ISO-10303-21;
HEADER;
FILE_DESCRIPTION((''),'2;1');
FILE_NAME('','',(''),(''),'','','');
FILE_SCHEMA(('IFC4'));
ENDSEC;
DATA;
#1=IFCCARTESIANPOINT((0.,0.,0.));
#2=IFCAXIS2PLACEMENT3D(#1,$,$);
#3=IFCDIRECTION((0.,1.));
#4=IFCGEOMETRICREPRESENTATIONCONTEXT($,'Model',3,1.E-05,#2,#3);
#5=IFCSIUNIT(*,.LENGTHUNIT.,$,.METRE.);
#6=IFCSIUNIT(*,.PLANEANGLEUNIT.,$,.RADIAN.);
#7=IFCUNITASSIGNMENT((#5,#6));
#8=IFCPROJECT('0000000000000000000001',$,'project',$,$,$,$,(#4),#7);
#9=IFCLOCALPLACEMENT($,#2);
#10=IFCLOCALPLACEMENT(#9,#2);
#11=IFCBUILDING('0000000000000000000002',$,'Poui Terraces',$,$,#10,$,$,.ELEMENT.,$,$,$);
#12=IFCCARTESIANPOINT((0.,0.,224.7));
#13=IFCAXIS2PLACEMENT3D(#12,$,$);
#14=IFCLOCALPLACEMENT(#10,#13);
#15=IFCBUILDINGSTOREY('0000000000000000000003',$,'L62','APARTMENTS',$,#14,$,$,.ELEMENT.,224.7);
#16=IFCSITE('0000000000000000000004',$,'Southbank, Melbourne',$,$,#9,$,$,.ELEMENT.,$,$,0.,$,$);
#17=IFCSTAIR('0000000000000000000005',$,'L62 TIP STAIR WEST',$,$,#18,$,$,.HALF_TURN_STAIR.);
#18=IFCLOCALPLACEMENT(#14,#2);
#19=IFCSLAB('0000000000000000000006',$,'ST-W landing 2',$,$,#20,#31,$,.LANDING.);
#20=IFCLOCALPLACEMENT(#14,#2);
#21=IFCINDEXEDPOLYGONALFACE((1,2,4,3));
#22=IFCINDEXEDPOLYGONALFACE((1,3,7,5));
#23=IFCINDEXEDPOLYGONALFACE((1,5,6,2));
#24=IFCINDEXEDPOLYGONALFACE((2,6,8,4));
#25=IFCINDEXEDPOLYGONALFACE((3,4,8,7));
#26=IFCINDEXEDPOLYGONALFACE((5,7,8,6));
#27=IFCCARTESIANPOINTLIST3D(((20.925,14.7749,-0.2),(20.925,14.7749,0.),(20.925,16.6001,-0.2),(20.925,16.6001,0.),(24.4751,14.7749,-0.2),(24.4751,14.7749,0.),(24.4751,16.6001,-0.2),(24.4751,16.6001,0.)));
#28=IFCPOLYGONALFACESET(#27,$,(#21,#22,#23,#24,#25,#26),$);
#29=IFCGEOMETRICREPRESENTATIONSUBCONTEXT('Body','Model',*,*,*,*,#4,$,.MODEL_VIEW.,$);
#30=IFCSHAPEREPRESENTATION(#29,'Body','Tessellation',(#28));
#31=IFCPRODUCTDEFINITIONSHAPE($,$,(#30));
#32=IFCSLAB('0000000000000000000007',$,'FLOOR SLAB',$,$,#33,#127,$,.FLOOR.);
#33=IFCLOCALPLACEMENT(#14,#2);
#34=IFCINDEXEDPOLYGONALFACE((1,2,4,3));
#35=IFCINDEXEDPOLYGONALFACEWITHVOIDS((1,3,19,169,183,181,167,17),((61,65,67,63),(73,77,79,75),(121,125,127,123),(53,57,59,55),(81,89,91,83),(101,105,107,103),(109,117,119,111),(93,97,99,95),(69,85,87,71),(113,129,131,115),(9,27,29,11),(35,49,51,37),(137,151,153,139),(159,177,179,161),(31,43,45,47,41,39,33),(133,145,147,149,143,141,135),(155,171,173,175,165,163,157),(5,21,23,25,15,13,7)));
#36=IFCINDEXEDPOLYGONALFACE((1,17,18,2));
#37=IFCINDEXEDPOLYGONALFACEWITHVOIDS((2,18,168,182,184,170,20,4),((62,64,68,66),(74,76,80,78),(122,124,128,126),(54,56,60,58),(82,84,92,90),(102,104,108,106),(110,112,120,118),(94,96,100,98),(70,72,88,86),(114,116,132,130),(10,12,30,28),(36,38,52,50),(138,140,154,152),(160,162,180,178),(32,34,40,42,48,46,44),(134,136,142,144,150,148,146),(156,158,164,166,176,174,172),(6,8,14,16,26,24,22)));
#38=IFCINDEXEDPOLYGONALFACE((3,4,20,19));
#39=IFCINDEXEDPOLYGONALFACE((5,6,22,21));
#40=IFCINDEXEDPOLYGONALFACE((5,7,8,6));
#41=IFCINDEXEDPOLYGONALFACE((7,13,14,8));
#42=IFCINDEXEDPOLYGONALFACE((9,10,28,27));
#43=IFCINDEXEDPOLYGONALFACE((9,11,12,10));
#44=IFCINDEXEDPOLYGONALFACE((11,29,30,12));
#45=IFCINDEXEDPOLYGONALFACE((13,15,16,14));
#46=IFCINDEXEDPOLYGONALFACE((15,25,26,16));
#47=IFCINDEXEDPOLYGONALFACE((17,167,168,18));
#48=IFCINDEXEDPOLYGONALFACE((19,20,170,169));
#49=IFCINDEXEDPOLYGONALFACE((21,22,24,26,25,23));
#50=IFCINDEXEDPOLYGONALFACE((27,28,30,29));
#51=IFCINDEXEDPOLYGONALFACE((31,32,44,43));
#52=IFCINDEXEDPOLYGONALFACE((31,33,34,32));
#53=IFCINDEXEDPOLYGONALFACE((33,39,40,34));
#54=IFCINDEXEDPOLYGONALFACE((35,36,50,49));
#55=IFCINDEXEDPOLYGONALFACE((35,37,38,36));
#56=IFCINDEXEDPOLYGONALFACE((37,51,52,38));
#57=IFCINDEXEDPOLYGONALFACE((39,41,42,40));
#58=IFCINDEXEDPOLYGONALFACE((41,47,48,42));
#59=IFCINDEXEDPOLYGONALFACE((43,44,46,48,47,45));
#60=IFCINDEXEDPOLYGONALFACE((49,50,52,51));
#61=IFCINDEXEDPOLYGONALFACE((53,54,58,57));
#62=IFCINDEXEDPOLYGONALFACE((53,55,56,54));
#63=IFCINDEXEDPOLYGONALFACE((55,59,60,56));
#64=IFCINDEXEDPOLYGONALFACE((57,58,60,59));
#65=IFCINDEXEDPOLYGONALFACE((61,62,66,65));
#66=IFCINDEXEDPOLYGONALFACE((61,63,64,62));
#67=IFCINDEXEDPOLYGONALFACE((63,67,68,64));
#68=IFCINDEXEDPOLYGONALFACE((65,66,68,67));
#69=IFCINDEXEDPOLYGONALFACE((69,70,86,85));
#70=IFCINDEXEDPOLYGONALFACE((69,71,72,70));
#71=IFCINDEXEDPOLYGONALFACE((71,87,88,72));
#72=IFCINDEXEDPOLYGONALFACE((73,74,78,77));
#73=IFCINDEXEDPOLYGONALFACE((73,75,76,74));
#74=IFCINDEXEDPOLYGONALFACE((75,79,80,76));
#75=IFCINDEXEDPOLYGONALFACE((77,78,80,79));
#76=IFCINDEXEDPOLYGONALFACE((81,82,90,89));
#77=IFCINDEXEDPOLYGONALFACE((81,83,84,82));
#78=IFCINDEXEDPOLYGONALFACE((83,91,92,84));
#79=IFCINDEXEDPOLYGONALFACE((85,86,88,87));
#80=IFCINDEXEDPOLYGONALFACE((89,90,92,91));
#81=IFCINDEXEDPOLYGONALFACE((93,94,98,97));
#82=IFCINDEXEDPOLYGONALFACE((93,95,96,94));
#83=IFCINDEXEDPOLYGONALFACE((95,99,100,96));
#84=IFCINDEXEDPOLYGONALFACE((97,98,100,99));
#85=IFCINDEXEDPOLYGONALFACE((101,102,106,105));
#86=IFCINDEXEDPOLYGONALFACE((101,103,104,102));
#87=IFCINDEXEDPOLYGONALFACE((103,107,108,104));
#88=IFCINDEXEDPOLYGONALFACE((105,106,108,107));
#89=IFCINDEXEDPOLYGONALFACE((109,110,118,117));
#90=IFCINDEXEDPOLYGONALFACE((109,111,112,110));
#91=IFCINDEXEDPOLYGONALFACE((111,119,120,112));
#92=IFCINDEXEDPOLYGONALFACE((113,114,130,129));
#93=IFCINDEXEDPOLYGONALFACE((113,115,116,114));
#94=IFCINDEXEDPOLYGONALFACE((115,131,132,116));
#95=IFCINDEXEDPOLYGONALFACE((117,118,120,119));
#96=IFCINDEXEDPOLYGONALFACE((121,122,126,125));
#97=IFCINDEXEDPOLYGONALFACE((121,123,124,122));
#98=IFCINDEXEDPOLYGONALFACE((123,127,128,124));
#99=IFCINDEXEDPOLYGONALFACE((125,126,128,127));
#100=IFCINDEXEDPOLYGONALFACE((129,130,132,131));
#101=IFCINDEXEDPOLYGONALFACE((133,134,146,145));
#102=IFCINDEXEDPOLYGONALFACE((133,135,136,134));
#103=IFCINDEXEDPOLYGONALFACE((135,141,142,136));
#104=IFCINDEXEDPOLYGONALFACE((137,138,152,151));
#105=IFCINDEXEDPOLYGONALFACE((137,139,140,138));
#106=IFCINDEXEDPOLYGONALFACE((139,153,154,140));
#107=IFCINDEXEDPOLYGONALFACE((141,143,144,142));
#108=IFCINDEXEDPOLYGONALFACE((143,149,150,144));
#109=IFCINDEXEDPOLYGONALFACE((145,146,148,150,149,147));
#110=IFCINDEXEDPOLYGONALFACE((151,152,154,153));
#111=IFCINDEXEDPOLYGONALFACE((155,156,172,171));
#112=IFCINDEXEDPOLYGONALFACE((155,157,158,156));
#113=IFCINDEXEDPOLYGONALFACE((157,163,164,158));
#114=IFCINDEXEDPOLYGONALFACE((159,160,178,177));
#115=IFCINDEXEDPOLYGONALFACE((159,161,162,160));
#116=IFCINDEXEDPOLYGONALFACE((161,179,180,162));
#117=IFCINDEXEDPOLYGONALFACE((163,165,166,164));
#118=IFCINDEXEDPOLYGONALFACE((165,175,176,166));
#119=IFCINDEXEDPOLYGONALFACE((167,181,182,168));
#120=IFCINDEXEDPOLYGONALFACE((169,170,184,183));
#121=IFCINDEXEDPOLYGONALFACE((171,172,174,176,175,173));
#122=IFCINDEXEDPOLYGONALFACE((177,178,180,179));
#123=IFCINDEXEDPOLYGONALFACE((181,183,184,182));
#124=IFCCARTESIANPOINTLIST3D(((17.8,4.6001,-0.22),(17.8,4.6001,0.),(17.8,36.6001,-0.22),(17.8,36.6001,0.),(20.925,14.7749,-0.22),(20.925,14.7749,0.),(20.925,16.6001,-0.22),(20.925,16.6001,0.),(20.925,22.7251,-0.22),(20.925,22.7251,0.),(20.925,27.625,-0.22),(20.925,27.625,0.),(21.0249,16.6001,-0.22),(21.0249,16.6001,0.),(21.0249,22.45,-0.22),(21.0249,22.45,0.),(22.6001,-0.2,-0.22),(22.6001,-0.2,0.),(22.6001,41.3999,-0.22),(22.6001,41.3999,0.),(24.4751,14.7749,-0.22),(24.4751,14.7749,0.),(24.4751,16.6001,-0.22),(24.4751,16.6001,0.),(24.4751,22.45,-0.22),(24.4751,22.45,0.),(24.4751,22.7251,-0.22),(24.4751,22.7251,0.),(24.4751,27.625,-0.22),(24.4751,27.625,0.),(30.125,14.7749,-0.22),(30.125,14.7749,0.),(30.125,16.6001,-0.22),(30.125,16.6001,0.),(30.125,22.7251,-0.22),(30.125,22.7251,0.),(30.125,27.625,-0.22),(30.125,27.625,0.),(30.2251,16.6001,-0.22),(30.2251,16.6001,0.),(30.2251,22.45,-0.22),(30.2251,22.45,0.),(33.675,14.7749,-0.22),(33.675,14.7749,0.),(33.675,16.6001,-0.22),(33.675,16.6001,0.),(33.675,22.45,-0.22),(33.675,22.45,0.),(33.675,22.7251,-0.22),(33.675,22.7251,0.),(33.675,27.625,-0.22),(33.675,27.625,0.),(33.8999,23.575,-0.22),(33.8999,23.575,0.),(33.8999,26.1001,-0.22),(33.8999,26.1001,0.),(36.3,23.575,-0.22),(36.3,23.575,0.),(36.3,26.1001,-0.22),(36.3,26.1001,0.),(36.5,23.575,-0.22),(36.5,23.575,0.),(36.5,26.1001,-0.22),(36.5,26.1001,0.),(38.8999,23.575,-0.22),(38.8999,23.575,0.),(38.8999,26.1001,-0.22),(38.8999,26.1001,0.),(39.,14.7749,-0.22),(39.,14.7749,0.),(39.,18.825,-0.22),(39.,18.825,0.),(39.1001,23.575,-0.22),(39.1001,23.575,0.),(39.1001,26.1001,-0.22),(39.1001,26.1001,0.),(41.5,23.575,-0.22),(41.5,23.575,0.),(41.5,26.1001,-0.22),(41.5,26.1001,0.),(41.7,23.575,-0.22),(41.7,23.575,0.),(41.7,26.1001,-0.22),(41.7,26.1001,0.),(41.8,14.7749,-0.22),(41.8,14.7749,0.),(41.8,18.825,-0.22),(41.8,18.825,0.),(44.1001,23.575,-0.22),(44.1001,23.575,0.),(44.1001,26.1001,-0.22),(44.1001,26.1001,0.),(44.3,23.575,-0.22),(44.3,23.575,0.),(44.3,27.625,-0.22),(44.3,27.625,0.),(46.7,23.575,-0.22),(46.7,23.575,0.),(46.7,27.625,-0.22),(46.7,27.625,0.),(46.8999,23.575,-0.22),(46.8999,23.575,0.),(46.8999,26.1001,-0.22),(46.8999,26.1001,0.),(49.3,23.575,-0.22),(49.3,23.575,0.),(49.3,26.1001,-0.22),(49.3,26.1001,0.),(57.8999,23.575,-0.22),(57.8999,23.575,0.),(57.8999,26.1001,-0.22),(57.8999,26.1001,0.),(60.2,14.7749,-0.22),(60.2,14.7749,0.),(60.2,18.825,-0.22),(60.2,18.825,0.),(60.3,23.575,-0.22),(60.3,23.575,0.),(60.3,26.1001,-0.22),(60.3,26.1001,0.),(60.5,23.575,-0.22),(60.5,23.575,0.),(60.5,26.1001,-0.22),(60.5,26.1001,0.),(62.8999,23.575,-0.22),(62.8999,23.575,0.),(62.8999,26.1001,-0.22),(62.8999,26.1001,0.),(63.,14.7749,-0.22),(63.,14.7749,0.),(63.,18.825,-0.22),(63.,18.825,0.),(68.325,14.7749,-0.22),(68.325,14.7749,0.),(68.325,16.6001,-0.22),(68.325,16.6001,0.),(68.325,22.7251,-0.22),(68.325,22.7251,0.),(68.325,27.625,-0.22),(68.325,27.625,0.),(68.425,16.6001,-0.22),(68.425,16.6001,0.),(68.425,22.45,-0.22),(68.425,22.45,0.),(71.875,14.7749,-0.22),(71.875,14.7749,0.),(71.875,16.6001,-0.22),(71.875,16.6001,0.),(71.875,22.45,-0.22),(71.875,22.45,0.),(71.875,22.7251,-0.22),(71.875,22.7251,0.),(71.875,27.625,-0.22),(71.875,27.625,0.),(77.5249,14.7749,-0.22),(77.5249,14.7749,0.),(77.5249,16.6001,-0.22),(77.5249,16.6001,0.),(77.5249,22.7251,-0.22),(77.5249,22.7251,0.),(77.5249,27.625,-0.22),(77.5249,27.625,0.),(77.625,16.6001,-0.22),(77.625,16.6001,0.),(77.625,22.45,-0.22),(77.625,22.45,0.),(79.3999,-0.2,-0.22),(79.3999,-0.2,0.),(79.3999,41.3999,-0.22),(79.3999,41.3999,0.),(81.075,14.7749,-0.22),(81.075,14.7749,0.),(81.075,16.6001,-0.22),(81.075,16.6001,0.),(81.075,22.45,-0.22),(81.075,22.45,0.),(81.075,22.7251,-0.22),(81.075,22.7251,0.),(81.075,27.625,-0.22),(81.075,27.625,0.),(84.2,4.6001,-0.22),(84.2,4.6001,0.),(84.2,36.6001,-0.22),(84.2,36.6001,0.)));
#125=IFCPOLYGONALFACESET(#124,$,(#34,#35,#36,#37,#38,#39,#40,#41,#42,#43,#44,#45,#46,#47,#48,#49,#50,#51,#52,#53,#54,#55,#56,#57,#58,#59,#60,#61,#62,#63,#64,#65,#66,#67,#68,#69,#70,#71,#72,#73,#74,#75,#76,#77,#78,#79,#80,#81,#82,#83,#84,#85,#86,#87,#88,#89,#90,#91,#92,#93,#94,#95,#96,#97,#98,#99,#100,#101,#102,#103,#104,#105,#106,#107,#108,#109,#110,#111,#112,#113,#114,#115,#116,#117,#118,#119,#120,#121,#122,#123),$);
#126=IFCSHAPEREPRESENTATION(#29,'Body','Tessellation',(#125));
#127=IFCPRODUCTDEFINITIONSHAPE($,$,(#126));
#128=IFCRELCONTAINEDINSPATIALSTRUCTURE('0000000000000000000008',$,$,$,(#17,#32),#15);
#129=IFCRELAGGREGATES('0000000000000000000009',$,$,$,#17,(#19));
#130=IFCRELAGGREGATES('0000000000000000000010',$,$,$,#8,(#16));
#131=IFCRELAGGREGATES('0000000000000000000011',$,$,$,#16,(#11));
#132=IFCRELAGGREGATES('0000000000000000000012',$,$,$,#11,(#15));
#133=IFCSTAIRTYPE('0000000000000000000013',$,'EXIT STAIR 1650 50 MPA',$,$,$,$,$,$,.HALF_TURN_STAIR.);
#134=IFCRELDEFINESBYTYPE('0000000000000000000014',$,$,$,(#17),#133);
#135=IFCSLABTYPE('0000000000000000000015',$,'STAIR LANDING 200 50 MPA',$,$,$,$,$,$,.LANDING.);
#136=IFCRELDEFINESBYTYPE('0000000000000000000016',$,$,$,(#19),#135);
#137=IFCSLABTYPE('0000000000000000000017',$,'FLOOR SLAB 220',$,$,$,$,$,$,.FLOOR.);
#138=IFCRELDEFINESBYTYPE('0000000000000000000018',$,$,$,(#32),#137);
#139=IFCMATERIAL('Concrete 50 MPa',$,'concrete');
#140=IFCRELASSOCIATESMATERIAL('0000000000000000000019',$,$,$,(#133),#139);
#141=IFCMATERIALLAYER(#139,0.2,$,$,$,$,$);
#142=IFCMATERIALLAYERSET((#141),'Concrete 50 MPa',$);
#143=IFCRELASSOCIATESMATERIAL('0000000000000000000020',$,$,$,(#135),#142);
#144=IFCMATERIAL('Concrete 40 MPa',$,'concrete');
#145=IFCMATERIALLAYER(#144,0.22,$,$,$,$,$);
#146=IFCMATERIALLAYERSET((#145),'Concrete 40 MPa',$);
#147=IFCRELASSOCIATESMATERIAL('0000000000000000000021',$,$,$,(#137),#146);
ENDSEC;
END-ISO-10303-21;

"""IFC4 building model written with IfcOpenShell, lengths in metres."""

from ifc_helpers import new_model, si_unit, direction, frame, origin, place, context, subcontext, project, spatial, polyline, outline, extrude, source, transform, mapped, material, layer, layer_set, type_object, element, aggregate, save


model = new_model("IFC4")

# Units and contexts
model_context = context("Model", 3, precision=1e-05, world=origin(), true_north=direction((0.0, 1.0)))
body_context = subcontext(model_context, "Body", "Model", "MODEL_VIEW")
ifc_project = project(units=[si_unit("LENGTHUNIT", "METRE"), si_unit("PLANEANGLEUNIT", "RADIAN")], contexts=[model_context])

# Site, building, storey
site_placement = place(None, origin())
site = spatial("IfcSite", under=ifc_project, at=site_placement, Name="Southbank, Melbourne", CompositionType="ELEMENT", RefElevation=0.0)
building_placement = place(site_placement, origin())
building = spatial("IfcBuilding", under=site, at=building_placement, Name="Poui Terraces", CompositionType="ELEMENT")
storey_placement = place(building_placement, frame((0.0, 0.0, 224.7)))
storey = spatial("IfcBuildingStorey", under=building, at=storey_placement, Name="L62", Description="APARTMENTS", CompositionType="ELEMENT", Elevation=224.7)

# Stair, slab
ifc_material_1 = material(Name="Concrete 50 MPa", Category="concrete")
stair_type = type_object("IfcStairType", Name="EXIT STAIR 1650 50 MPA", PredefinedType="HALF_TURN_STAIR", material=ifc_material_1)
stair_placement = place(storey_placement, origin())
stair = element("IfcStair", 1, at=stair_placement, inside=storey, type_object=stair_type, Name="L62 TIP STAIR WEST", PredefinedType="HALF_TURN_STAIR")
ifc_layer_1 = layer(ifc_material_1, 0.2)
ifc_layer_set_1 = layer_set([ifc_layer_1], Name="Concrete 50 MPa")
slab_type_1 = type_object("IfcSlabType", Name="STAIR LANDING 200 50 MPA", PredefinedType="LANDING", material=ifc_layer_set_1)
slab_1_placement = place(storey_placement, frame((0.0, 0.0, -0.2)))
slab_1 = element("IfcSlab", 2, at=slab_1_placement, type_object=slab_type_1, Name="ST-W landing 2", PredefinedType="LANDING", context=body_context, shape_type="SweptSolid", body=[
    extrude(outline(polyline([(20.925, 14.7749), (24.4751, 14.7749), (24.4751, 16.6001), (20.925, 16.6001), (20.925, 14.7749)])), origin(), (0.0, 0.0, 1.0), 0.2),
])
aggregate(stair, [slab_1])

# Slab
ifc_material_2 = material(Name="Concrete 40 MPa", Category="concrete")
ifc_layer_2 = layer(ifc_material_2, 0.22)
ifc_layer_set_2 = layer_set([ifc_layer_2], Name="Concrete 40 MPa")
slab_type_2 = type_object("IfcSlabType", Name="FLOOR SLAB 220", PredefinedType="FLOOR", material=ifc_layer_set_2)
shared_shape = source(origin(), body_context, "Body", "SweptSolid", [
    extrude(outline(polyline([(0.0, 0.0), (4.8, -4.8), (61.5999, -4.8), (66.3999, 0.0), (66.3999, 32.0), (61.5999, 36.7998), (4.8, 36.7998), (0.0, 32.0), (0.0, 0.0)]), holes=[polyline([(21.2, 10.1748), (21.2, 14.2249), (24.0, 14.2249), (24.0, 10.1748), (21.2, 10.1748)]), polyline([(3.2249, 17.8499), (6.675, 17.8499), (6.675, 12.0), (6.675, 10.1748), (3.125, 10.1748), (3.125, 12.0), (3.2249, 12.0), (3.2249, 17.8499)]), polyline([(12.425, 17.8499), (15.875, 17.8499), (15.875, 12.0), (15.875, 10.1748), (12.325, 10.1748), (12.325, 12.0), (12.425, 12.0), (12.425, 17.8499)]), polyline([(16.0999, 18.9749), (16.0999, 21.5), (18.5, 21.5), (18.5, 18.9749), (16.0999, 18.9749)]), polyline([(18.7, 18.9749), (18.7, 21.5), (21.0999, 21.5), (21.0999, 18.9749), (18.7, 18.9749)]), polyline([(21.3, 18.9749), (21.3, 21.5), (23.7, 21.5), (23.7, 18.9749), (21.3, 18.9749)]), polyline([(23.8999, 18.9749), (23.8999, 21.5), (26.3, 21.5), (26.3, 18.9749), (23.8999, 18.9749)]), polyline([(3.125, 23.0249), (6.675, 23.0249), (6.675, 18.125), (3.125, 18.125), (3.125, 23.0249)]), polyline([(12.325, 23.0249), (15.875, 23.0249), (15.875, 18.125), (12.325, 18.125), (12.325, 23.0249)]), polyline([(42.3999, 10.1748), (42.3999, 14.2249), (45.2, 14.2249), (45.2, 10.1748), (42.3999, 10.1748)]), polyline([(50.625, 17.8499), (54.075, 17.8499), (54.075, 12.0), (54.075, 10.1748), (50.5249, 10.1748), (50.5249, 12.0), (50.625, 12.0), (50.625, 17.8499)]), polyline([(59.825, 17.8499), (63.2749, 17.8499), (63.2749, 12.0), (63.2749, 10.1748), (59.7249, 10.1748), (59.7249, 12.0), (59.825, 12.0), (59.825, 17.8499)]), polyline([(29.0999, 18.9749), (29.0999, 21.5), (31.5, 21.5), (31.5, 18.9749), (29.0999, 18.9749)]), polyline([(40.0999, 18.9749), (40.0999, 21.5), (42.5, 21.5), (42.5, 18.9749), (40.0999, 18.9749)]), polyline([(42.7, 18.9749), (42.7, 21.5), (45.0999, 21.5), (45.0999, 18.9749), (42.7, 18.9749)]), polyline([(50.5249, 18.125), (50.5249, 23.0249), (54.075, 23.0249), (54.075, 18.125), (50.5249, 18.125)]), polyline([(59.7249, 23.0249), (63.2749, 23.0249), (63.2749, 18.125), (59.7249, 18.125), (59.7249, 23.0249)]), polyline([(26.5, 23.0249), (28.8999, 23.0249), (28.8999, 18.9749), (26.5, 18.9749), (26.5, 23.0249)])]), origin(), (0.0, 0.0, 1.0), 0.22),
])
slab_2_placement = place(storey_placement, frame((17.8, 4.6001, -0.22)))
element("IfcSlab", 3, at=slab_2_placement, inside=storey, type_object=slab_type_2, Name="FLOOR SLAB", PredefinedType="FLOOR", context=body_context, shape_type="MappedRepresentation", body=[
    mapped(shared_shape, transform((0.0, 0.0, 0.0))),
])

save(model, "model.ifc")
